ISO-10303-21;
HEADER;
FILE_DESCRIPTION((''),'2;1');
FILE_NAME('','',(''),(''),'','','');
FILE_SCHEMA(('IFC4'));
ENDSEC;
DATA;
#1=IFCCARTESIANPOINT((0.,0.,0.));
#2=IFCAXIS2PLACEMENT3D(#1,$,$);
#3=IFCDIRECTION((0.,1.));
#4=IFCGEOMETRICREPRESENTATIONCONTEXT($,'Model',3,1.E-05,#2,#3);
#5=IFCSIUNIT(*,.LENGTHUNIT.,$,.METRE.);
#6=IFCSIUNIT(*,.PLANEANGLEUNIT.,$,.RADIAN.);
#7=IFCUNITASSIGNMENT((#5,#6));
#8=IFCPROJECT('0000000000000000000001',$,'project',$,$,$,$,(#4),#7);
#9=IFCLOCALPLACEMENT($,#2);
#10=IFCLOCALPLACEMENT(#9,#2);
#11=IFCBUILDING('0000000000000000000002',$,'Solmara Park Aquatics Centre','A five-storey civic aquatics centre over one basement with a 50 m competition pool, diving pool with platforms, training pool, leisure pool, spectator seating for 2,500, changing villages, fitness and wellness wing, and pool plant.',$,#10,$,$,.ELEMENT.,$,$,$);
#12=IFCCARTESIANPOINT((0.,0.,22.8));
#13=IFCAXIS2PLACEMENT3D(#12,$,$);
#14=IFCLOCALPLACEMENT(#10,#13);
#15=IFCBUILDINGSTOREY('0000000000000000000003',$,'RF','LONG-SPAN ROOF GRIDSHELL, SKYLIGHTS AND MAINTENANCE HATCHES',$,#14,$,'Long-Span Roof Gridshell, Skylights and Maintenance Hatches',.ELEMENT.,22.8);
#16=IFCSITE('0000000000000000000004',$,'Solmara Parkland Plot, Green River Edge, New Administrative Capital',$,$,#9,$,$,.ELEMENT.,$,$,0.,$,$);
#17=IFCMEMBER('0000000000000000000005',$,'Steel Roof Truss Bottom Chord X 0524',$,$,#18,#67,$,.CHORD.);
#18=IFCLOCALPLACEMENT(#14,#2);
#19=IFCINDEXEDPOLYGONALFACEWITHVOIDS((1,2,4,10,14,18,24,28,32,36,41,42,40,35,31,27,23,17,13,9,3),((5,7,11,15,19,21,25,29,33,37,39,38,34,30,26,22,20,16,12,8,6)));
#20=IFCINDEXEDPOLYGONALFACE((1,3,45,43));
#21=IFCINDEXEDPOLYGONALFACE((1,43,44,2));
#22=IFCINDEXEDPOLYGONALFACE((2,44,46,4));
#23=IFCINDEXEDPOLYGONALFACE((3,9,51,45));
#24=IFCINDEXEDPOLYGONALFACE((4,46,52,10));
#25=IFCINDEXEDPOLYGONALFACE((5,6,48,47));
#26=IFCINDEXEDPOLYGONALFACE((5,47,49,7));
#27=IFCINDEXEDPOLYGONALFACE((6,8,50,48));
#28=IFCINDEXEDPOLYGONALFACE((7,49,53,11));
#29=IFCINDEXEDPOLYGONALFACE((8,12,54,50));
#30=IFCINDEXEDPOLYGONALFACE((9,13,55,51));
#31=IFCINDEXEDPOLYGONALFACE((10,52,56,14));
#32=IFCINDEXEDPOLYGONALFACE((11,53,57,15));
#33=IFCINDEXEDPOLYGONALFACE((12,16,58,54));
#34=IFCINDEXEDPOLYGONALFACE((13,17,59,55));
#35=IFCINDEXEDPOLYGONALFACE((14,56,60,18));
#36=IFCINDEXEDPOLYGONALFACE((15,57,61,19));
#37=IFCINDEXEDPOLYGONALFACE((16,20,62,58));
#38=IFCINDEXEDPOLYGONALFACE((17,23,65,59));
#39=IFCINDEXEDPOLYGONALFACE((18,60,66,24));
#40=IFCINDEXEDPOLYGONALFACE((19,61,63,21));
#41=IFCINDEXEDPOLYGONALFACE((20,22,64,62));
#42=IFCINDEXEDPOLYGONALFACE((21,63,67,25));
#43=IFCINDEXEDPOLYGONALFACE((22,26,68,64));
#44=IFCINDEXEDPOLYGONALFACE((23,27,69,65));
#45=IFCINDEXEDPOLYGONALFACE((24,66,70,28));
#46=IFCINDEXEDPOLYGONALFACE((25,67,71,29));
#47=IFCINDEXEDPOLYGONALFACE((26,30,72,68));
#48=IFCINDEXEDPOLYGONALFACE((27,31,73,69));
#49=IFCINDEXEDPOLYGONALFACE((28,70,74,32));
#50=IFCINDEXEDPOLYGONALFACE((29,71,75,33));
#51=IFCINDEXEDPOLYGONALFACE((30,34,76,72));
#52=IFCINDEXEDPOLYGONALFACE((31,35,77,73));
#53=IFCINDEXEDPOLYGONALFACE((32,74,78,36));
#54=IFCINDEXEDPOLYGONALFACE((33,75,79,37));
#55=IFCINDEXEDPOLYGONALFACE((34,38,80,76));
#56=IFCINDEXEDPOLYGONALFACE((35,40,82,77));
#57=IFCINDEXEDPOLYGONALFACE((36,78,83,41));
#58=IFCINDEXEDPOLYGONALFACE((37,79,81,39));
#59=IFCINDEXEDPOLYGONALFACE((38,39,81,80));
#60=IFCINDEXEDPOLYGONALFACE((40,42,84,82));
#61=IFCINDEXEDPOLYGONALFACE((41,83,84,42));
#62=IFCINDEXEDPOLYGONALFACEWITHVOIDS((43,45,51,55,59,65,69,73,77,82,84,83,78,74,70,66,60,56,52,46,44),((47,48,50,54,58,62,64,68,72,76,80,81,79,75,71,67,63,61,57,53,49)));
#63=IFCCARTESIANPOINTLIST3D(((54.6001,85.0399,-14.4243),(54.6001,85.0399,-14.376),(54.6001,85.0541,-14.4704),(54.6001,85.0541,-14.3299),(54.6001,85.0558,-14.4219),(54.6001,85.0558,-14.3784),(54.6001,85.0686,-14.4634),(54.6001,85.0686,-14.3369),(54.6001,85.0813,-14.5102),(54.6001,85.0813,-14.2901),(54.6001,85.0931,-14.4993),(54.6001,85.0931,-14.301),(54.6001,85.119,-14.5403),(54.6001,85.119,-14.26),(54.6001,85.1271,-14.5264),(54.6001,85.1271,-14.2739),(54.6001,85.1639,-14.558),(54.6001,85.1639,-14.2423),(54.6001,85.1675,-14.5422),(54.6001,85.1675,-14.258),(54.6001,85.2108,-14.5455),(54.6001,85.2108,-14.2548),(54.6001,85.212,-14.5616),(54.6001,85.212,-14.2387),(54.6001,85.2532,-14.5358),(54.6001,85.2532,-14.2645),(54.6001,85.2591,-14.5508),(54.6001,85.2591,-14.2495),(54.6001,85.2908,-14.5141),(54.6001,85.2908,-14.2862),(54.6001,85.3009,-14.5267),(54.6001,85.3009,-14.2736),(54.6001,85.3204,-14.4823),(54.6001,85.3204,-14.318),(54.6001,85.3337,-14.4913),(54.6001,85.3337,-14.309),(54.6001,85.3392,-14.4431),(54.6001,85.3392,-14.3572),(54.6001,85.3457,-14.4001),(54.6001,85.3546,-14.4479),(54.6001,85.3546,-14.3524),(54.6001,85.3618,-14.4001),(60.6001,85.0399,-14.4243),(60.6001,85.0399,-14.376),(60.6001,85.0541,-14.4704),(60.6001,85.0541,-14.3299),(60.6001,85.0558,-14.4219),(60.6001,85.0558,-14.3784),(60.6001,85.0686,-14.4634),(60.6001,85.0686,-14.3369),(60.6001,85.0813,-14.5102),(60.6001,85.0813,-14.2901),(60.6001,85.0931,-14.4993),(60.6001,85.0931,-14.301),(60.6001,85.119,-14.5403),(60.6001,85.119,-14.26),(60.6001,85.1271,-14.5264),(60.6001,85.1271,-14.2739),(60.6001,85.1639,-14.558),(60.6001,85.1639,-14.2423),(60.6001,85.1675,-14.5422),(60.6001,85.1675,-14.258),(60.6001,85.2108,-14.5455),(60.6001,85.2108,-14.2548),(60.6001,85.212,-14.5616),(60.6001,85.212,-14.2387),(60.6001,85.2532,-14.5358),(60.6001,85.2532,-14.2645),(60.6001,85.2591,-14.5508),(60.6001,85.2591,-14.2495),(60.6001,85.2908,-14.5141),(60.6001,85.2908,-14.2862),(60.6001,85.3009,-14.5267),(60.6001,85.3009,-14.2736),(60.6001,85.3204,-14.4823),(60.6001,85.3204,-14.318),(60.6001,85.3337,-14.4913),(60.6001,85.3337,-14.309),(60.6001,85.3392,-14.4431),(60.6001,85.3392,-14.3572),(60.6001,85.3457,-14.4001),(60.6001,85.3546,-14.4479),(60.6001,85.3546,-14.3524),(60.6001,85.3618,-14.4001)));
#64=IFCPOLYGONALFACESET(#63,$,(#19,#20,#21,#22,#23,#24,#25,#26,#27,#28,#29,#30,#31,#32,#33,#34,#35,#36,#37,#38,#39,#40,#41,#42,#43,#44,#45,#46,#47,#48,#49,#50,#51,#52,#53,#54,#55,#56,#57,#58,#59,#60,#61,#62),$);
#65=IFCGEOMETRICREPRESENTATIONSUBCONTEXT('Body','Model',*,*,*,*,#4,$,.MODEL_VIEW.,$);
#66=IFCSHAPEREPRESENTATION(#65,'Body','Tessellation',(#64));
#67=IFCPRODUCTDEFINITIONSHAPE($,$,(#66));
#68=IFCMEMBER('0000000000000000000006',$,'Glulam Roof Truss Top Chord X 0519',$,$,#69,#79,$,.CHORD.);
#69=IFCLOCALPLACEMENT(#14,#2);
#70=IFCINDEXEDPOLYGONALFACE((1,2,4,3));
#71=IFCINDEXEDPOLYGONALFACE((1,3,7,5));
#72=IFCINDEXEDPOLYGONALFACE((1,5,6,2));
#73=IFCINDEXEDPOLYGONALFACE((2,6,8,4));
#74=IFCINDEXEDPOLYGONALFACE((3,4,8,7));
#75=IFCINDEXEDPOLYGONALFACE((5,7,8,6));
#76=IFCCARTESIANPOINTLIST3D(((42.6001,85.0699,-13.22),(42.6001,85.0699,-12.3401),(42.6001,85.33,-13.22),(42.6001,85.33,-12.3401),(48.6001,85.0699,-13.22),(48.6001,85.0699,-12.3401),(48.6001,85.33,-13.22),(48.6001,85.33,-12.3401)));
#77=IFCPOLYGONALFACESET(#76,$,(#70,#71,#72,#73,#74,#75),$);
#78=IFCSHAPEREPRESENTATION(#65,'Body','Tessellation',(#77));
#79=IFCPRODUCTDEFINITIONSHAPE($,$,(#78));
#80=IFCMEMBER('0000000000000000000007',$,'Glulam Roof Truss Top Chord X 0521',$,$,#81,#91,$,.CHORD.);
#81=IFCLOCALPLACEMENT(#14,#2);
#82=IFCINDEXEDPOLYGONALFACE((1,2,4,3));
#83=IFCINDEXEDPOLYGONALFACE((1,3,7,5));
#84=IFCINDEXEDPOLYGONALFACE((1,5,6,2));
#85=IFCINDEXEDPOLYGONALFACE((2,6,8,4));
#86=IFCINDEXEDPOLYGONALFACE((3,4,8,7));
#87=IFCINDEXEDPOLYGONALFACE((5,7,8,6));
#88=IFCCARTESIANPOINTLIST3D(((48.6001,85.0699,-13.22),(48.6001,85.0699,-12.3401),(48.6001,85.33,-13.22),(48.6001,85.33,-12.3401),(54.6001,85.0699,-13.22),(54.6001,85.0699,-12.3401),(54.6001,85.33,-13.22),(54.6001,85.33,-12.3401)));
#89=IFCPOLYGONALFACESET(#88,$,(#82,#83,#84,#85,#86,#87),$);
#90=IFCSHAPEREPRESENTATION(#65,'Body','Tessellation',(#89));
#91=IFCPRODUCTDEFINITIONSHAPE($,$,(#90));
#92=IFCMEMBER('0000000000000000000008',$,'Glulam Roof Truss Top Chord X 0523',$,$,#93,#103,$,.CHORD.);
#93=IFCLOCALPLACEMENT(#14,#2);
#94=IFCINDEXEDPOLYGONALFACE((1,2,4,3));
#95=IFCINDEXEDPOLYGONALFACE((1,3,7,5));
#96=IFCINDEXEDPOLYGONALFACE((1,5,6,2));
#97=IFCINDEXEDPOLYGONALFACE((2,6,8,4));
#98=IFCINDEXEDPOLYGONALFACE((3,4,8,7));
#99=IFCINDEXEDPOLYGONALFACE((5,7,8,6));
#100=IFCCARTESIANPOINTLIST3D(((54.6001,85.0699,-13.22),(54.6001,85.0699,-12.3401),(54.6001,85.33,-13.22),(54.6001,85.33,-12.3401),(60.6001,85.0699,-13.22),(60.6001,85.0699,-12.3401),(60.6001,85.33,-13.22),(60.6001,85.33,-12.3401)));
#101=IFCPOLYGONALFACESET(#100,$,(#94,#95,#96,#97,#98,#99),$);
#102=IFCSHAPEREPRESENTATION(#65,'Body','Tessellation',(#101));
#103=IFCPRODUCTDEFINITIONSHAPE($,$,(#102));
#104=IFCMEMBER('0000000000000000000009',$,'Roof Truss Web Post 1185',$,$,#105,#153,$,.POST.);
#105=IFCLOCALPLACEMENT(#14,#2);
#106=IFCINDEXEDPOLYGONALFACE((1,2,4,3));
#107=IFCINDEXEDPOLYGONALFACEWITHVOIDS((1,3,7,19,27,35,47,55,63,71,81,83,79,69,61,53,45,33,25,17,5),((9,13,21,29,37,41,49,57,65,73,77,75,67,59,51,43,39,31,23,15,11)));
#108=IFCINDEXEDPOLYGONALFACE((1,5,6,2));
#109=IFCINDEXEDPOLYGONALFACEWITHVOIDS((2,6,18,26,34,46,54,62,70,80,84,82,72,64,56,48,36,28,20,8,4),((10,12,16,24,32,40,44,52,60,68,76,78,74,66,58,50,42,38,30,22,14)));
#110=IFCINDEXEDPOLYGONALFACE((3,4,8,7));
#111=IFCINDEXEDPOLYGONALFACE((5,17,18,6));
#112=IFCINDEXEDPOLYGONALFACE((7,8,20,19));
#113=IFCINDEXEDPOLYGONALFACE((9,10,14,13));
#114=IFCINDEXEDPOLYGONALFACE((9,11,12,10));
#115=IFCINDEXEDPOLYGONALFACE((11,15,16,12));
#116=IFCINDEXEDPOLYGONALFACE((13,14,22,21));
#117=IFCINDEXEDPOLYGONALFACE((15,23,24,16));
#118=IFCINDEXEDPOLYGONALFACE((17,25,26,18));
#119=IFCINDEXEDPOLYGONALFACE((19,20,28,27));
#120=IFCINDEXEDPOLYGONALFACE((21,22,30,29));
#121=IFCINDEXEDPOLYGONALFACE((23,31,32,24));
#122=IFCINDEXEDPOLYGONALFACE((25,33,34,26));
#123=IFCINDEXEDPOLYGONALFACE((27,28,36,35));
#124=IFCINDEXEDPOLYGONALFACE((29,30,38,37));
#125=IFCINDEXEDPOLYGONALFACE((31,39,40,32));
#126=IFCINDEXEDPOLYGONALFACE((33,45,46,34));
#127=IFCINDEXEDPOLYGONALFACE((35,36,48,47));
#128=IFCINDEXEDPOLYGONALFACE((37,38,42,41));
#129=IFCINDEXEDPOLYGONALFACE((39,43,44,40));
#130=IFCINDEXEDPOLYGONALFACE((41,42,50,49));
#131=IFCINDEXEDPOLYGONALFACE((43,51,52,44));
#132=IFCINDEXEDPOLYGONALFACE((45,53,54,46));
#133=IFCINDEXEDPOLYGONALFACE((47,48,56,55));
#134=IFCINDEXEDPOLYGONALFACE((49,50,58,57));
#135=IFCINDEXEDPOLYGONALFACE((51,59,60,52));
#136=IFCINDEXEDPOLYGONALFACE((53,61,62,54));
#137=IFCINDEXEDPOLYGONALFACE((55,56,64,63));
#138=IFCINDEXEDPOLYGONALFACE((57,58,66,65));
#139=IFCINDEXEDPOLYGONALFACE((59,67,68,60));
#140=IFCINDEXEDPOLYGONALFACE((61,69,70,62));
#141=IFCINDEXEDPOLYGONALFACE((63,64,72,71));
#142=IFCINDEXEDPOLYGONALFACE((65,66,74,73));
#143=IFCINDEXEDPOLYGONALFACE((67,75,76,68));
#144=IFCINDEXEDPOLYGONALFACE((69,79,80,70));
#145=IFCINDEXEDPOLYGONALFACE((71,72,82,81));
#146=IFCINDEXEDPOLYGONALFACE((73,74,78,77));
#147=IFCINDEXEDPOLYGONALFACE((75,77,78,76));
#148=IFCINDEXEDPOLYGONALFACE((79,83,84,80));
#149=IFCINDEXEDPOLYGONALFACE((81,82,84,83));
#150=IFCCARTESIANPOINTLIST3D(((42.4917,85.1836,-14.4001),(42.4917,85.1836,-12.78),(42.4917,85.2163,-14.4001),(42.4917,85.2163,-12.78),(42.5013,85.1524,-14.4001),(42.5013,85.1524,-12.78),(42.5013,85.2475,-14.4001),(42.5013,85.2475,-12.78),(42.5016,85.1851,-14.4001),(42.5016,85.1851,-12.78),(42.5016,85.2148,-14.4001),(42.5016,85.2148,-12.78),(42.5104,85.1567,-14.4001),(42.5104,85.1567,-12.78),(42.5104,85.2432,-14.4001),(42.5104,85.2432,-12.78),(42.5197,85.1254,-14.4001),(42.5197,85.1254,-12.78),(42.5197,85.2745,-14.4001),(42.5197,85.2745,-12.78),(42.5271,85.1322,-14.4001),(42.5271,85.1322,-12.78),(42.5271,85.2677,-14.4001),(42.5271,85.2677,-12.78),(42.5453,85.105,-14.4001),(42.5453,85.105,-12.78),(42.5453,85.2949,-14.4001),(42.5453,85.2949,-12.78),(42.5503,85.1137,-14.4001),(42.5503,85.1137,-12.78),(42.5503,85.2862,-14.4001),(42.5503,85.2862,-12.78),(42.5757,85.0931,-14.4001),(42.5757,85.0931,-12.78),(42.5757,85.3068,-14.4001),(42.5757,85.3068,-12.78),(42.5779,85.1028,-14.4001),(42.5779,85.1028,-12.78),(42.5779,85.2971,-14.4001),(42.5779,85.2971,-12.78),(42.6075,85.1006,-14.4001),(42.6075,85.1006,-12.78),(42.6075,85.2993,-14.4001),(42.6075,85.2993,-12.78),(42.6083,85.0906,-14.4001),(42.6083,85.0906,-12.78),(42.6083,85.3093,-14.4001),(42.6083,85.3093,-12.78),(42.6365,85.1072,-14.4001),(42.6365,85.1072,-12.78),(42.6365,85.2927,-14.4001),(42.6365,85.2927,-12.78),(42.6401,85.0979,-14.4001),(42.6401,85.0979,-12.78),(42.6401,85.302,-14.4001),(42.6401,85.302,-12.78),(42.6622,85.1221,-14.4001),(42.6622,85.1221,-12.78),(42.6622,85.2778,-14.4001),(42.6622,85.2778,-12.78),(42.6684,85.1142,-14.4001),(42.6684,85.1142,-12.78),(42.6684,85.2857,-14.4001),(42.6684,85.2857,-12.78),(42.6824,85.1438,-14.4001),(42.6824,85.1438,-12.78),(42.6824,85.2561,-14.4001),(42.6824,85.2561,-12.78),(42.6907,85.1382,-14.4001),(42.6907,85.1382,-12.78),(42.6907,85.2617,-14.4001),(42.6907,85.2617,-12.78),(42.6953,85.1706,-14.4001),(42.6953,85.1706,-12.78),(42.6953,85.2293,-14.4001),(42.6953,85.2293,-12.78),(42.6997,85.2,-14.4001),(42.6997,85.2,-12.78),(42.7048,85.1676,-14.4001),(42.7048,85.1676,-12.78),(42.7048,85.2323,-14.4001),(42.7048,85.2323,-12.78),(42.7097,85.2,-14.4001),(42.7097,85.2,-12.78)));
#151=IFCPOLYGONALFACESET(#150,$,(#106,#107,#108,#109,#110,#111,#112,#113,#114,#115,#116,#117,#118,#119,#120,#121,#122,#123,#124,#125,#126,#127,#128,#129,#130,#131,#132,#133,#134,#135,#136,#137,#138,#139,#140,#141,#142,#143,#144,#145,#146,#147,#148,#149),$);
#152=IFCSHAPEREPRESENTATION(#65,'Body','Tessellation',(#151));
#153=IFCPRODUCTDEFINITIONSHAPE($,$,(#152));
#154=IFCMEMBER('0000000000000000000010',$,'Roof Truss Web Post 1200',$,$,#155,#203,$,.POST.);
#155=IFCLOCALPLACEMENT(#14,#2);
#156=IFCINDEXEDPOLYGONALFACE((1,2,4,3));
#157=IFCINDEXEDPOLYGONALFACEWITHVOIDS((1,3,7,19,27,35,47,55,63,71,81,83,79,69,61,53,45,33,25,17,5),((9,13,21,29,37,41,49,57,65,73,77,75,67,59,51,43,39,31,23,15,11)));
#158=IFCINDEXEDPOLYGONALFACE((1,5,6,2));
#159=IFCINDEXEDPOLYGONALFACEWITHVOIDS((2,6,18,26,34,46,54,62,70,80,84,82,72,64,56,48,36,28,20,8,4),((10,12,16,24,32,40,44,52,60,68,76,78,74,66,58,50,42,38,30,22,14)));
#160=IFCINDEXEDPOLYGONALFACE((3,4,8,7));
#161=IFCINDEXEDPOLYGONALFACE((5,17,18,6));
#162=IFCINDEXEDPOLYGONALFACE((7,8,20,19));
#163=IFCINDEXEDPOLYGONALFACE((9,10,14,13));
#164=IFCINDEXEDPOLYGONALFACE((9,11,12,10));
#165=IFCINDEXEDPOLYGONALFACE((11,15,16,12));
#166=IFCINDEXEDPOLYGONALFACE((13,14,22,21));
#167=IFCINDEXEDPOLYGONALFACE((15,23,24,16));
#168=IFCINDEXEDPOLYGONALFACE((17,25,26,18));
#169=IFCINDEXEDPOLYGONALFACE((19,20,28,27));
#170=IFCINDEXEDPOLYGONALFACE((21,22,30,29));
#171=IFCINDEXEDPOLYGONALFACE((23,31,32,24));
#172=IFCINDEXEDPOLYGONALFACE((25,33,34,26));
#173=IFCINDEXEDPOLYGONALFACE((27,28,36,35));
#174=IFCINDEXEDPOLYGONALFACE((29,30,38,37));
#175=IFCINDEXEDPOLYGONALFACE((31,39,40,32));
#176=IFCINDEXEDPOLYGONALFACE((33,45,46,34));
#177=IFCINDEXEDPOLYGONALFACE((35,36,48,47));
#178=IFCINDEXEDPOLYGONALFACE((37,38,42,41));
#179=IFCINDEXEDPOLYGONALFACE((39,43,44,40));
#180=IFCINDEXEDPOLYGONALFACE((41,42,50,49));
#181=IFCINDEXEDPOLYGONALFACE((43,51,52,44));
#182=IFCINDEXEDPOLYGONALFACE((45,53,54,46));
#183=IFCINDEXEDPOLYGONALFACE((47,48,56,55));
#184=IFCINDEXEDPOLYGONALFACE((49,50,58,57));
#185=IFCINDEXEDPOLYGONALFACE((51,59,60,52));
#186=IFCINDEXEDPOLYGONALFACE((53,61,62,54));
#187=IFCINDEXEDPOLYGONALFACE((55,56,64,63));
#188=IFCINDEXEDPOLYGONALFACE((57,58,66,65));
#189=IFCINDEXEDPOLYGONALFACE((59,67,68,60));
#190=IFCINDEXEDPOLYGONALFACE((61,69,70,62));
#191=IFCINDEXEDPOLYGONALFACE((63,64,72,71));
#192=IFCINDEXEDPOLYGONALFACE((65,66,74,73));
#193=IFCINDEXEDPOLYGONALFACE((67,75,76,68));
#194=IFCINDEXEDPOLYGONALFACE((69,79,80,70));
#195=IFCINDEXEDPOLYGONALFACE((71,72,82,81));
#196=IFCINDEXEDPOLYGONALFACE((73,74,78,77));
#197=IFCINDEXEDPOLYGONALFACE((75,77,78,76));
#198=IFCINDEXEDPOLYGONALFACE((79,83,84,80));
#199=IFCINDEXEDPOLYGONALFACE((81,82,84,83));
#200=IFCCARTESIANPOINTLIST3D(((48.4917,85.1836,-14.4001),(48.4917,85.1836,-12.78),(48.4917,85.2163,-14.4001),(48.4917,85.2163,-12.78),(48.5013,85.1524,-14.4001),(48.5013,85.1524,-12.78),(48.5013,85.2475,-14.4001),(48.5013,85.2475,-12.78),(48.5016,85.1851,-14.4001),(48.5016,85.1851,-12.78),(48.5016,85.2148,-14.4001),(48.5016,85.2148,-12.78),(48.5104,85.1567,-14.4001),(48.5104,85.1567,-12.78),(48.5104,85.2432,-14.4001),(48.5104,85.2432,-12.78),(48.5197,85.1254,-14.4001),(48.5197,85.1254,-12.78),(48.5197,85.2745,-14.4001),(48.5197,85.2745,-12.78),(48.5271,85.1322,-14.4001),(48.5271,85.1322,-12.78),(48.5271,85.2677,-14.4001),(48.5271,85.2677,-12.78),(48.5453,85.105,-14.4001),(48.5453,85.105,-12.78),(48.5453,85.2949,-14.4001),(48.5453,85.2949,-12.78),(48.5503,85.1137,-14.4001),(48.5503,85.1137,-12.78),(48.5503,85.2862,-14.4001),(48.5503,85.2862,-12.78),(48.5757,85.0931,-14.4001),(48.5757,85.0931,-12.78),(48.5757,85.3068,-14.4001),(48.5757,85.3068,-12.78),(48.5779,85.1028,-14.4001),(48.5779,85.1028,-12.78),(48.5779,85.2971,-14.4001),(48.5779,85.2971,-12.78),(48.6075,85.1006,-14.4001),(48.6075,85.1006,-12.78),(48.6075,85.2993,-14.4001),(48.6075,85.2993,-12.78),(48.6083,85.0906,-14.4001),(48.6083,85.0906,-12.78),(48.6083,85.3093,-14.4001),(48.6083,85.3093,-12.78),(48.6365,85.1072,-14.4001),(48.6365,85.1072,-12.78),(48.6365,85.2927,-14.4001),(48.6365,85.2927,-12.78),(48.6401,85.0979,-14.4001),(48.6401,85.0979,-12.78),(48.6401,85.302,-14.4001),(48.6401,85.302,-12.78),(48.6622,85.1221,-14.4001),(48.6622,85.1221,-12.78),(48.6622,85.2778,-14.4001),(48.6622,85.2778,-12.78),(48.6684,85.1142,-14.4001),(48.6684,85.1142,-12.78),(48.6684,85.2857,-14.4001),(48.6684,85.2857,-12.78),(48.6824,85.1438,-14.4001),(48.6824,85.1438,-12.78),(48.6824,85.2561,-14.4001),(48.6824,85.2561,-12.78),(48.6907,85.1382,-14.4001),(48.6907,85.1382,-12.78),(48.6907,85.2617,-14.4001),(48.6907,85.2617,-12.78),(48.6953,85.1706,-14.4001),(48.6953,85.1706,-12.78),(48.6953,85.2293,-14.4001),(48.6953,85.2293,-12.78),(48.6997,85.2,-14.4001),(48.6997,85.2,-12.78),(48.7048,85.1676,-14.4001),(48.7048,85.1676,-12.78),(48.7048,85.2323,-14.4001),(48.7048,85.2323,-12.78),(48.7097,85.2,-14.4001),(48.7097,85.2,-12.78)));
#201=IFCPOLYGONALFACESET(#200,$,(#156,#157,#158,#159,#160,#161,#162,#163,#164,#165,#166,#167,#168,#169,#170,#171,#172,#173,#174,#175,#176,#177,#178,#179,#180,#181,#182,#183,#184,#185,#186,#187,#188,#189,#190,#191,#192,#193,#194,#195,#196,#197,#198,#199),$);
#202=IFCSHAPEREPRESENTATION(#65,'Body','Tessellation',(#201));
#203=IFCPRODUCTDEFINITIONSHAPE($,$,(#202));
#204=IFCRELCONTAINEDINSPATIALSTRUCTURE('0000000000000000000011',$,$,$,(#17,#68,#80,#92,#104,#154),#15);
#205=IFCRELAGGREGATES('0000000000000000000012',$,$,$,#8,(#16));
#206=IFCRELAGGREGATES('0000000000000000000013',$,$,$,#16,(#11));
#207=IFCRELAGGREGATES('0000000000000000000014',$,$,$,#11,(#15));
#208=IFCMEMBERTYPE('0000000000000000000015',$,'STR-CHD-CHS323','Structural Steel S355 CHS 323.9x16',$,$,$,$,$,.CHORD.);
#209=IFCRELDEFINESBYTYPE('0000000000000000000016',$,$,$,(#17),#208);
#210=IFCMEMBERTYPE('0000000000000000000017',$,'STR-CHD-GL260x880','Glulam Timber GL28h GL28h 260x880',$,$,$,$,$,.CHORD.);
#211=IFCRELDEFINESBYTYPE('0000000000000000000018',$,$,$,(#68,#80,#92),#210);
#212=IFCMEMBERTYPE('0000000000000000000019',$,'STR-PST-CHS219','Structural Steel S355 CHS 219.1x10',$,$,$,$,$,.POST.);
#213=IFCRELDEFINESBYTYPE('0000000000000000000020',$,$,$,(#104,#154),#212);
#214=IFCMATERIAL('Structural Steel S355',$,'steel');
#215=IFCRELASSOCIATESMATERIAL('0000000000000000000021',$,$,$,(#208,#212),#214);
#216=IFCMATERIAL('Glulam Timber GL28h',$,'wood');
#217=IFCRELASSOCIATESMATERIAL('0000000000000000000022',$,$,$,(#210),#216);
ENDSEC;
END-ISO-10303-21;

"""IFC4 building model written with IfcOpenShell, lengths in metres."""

from ifc_helpers import new_model, si_unit, direction, frame, origin, origin_2d, place, context, subcontext, project, spatial, rectangle, hollow_circle, extrude, material, material_profile, profile_set, type_object, element, save


model = new_model("IFC4")

# Units and contexts
model_context = context("Model", 3, precision=1e-05, world=origin(), true_north=direction((0.0, 1.0)))
body_context = subcontext(model_context, "Body", "Model", "MODEL_VIEW")
ifc_project = project(units=[si_unit("LENGTHUNIT", "METRE"), si_unit("PLANEANGLEUNIT", "RADIAN")], contexts=[model_context])

# Site, building, storey
site_placement = place(None, origin())
site = spatial("IfcSite", under=ifc_project, at=site_placement, Name="Solmara Parkland Plot, Green River Edge, New Administrative Capital", CompositionType="ELEMENT", RefElevation=0.0)
building_placement = place(site_placement, origin())
building = spatial("IfcBuilding", under=site, at=building_placement, Name="Solmara Park Aquatics Centre", Description="A five-storey civic aquatics centre over one basement with a 50 m competition pool, diving pool with platforms, training pool, leisure pool, spectator seating for 2,500, changing villages, fitness and wellness wing, and pool plant.", CompositionType="ELEMENT")
storey_placement = place(building_placement, frame((0.0, 0.0, 22.8)))
storey = spatial("IfcBuildingStorey", under=building, at=storey_placement, Name="RF", Description="LONG-SPAN ROOF GRIDSHELL, SKYLIGHTS AND MAINTENANCE HATCHES", LongName="Long-Span Roof Gridshell, Skylights and Maintenance Hatches", CompositionType="ELEMENT", Elevation=22.8)

# Members
ifc_material_1 = material(Name="Structural Steel S355", Category="steel")
ifc_material_profile_1 = material_profile(ifc_material_1, hollow_circle(Radius=0.1619, WallThickness=0.0161, at=origin_2d()), Name="CHS 323.9x16")
ifc_profile_set_1 = profile_set([ifc_material_profile_1], Name="Structural Steel S355")
member_type_1 = type_object("IfcMemberType", Name="STR-CHD-CHS323", Description="Structural Steel S355 CHS 323.9x16", PredefinedType="CHORD", material=ifc_profile_set_1)
for number, where, z_axis, x_axis, name in (
    (1, (54.6001, 85.2, -14.4001), (1.0, 0.0, 0.0), (0.0, 1.0, 0.0), "Steel Roof Truss Bottom Chord X 0524"),
):
    element("IfcMember", number, at=place(storey_placement, frame(where, z_axis=z_axis, x_axis=x_axis)), inside=storey, type_object=member_type_1, Name=name, PredefinedType="CHORD", context=body_context, shape_type="SweptSolid", body=[
        extrude(hollow_circle(Radius=0.1619, WallThickness=0.0161, at=origin_2d()), origin(), (0.0, 0.0, 1.0), 6.0),
    ])
ifc_material_2 = material(Name="Glulam Timber GL28h", Category="wood")
ifc_material_profile_2 = material_profile(ifc_material_2, rectangle(XDim=0.26, YDim=0.8799, at=origin_2d()), Name="GL28h 260x880")
ifc_profile_set_2 = profile_set([ifc_material_profile_2], Name="Glulam Timber GL28h")
member_type_2 = type_object("IfcMemberType", Name="STR-CHD-GL260x880", Description="Glulam Timber GL28h GL28h 260x880", PredefinedType="CHORD", material=ifc_profile_set_2)
for number, where, z_axis, x_axis, name in (
    (2, (42.6001, 85.2, -12.78), (1.0, 0.0, 0.0), (0.0, 1.0, 0.0), "Glulam Roof Truss Top Chord X 0519"),
    (3, (48.6001, 85.2, -12.78), (1.0, 0.0, 0.0), (0.0, 1.0, 0.0), "Glulam Roof Truss Top Chord X 0521"),
    (4, (54.6001, 85.2, -12.78), (1.0, 0.0, 0.0), (0.0, 1.0, 0.0), "Glulam Roof Truss Top Chord X 0523"),
):
    element("IfcMember", number, at=place(storey_placement, frame(where, z_axis=z_axis, x_axis=x_axis)), inside=storey, type_object=member_type_2, Name=name, PredefinedType="CHORD", context=body_context, shape_type="SweptSolid", body=[
        extrude(rectangle(XDim=0.26, YDim=0.8799, at=origin_2d()), origin(), (0.0, 0.0, 1.0), 6.0),
    ])
ifc_material_profile_3 = material_profile(ifc_material_1, hollow_circle(Radius=0.1096, WallThickness=0.01, at=origin_2d()), Name="CHS 219.1x10")
ifc_profile_set_3 = profile_set([ifc_material_profile_3], Name="Structural Steel S355")
member_type_3 = type_object("IfcMemberType", Name="STR-PST-CHS219", Description="Structural Steel S355 CHS 219.1x10", PredefinedType="POST", material=ifc_profile_set_3)
for number, where, z_axis, x_axis, name in (
    (5, (42.6001, 85.2, -14.4001), (0.0, 0.0, 1.0), (1.0, 0.0, 0.0), "Roof Truss Web Post 1185"),
    (6, (48.6001, 85.2, -14.4001), (0.0, 0.0, 1.0), (1.0, 0.0, 0.0), "Roof Truss Web Post 1200"),
):
    element("IfcMember", number, at=place(storey_placement, frame(where, z_axis=z_axis, x_axis=x_axis)), inside=storey, type_object=member_type_3, Name=name, PredefinedType="POST", context=body_context, shape_type="SweptSolid", body=[
        extrude(hollow_circle(Radius=0.1096, WallThickness=0.01, at=origin_2d()), origin(), (0.0, 0.0, 1.0), 1.6201),
    ])

save(model, "model.ifc")
